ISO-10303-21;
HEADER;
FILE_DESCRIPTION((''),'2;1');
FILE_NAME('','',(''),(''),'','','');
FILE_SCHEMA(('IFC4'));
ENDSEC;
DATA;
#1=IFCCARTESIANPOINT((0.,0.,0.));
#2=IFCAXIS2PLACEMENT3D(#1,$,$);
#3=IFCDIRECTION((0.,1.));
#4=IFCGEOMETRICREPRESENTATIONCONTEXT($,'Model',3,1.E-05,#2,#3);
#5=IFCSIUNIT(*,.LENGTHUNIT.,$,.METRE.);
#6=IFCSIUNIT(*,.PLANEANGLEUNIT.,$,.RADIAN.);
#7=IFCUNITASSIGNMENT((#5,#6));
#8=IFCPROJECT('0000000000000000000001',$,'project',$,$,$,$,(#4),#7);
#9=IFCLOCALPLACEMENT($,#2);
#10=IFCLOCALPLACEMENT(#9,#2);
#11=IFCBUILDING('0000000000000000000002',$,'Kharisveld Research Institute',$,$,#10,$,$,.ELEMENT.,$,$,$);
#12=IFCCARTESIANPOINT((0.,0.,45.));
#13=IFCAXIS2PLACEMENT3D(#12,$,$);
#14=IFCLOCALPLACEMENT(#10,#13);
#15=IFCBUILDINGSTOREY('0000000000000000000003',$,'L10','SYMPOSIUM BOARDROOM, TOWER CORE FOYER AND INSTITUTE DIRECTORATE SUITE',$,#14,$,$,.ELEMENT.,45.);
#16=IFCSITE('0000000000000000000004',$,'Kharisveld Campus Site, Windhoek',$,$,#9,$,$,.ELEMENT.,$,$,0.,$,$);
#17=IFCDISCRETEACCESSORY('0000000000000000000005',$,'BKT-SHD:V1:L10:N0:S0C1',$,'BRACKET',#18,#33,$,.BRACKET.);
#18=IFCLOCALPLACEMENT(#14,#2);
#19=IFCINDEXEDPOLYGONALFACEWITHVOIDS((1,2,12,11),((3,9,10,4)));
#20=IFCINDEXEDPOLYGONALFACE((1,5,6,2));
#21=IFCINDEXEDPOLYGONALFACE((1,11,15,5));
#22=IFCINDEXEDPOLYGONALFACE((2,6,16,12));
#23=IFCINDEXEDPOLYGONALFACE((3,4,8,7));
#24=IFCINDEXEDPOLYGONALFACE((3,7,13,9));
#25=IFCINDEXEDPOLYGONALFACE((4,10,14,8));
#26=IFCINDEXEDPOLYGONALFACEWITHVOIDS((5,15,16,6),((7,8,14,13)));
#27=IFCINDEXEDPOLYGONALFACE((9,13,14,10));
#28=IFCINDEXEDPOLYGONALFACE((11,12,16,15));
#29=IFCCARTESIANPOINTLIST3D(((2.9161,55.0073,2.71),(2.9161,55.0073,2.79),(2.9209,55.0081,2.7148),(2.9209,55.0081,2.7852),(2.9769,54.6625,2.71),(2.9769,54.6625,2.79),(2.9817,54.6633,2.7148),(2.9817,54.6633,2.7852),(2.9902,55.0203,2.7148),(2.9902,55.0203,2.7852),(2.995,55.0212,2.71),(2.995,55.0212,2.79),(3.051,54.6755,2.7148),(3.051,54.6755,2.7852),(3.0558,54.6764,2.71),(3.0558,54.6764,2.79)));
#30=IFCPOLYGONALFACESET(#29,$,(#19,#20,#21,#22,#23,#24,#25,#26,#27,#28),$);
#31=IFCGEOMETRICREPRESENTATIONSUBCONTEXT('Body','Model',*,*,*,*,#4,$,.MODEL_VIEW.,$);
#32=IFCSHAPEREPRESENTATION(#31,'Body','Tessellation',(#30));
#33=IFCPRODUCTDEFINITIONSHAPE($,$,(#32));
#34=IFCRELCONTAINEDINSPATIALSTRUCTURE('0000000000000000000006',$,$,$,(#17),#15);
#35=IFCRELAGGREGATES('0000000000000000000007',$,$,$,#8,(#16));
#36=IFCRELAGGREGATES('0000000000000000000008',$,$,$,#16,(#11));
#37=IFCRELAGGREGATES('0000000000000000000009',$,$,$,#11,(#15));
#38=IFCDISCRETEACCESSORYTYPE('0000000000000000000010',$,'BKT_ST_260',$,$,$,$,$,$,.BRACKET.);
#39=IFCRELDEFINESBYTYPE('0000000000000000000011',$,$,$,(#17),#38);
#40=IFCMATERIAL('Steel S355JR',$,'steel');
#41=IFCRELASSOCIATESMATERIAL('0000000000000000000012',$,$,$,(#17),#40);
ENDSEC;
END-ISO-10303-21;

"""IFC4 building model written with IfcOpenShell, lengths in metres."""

from ifc_helpers import new_model, si_unit, direction, frame, origin, origin_2d, place, context, subcontext, project, spatial, hollow_rectangle, extrude, material, type_object, element, save


model = new_model("IFC4")

# Units and contexts
model_context = context("Model", 3, precision=1e-05, world=origin(), true_north=direction((0.0, 1.0)))
body_context = subcontext(model_context, "Body", "Model", "MODEL_VIEW")
ifc_project = project(units=[si_unit("LENGTHUNIT", "METRE"), si_unit("PLANEANGLEUNIT", "RADIAN")], contexts=[model_context])

# Site, building, storey
site_placement = place(None, origin())
site = spatial("IfcSite", under=ifc_project, at=site_placement, Name="Kharisveld Campus Site, Windhoek", CompositionType="ELEMENT", RefElevation=0.0)
building_placement = place(site_placement, origin())
building = spatial("IfcBuilding", under=site, at=building_placement, Name="Kharisveld Research Institute", CompositionType="ELEMENT")
storey_placement = place(building_placement, frame((0.0, 0.0, 45.0)))
storey = spatial("IfcBuildingStorey", under=building, at=storey_placement, Name="L10", Description="SYMPOSIUM BOARDROOM, TOWER CORE FOYER AND INSTITUTE DIRECTORATE SUITE", CompositionType="ELEMENT", Elevation=45.0)

# Discrete accessory
ifc_material_1 = material(Name="Steel S355JR", Category="steel")
discrete_accessory_type = type_object("IfcDiscreteAccessoryType", Name="BKT_ST_260", PredefinedType="BRACKET")
for number, where, z_axis, x_axis, name in (
    (1, (3.0164, 54.6694, 2.75), (-0.173666, 0.984805, 0.0), (-0.984805, -0.173666, 0.0), "BKT-SHD:V1:L10:N0:S0C1"),
):
    element("IfcDiscreteAccessory", number, at=place(storey_placement, frame(where, z_axis=z_axis, x_axis=x_axis)), inside=storey, type_object=discrete_accessory_type, material=ifc_material_1, Name=name, ObjectType="BRACKET", PredefinedType="BRACKET", context=body_context, shape_type="SweptSolid", body=[
        extrude(hollow_rectangle(XDim=0.0801, YDim=0.0801, WallThickness=0.0049, at=origin_2d()), origin(), (0.0, 0.0, 1.0), 0.3501),
    ])

save(model, "model.ifc")
